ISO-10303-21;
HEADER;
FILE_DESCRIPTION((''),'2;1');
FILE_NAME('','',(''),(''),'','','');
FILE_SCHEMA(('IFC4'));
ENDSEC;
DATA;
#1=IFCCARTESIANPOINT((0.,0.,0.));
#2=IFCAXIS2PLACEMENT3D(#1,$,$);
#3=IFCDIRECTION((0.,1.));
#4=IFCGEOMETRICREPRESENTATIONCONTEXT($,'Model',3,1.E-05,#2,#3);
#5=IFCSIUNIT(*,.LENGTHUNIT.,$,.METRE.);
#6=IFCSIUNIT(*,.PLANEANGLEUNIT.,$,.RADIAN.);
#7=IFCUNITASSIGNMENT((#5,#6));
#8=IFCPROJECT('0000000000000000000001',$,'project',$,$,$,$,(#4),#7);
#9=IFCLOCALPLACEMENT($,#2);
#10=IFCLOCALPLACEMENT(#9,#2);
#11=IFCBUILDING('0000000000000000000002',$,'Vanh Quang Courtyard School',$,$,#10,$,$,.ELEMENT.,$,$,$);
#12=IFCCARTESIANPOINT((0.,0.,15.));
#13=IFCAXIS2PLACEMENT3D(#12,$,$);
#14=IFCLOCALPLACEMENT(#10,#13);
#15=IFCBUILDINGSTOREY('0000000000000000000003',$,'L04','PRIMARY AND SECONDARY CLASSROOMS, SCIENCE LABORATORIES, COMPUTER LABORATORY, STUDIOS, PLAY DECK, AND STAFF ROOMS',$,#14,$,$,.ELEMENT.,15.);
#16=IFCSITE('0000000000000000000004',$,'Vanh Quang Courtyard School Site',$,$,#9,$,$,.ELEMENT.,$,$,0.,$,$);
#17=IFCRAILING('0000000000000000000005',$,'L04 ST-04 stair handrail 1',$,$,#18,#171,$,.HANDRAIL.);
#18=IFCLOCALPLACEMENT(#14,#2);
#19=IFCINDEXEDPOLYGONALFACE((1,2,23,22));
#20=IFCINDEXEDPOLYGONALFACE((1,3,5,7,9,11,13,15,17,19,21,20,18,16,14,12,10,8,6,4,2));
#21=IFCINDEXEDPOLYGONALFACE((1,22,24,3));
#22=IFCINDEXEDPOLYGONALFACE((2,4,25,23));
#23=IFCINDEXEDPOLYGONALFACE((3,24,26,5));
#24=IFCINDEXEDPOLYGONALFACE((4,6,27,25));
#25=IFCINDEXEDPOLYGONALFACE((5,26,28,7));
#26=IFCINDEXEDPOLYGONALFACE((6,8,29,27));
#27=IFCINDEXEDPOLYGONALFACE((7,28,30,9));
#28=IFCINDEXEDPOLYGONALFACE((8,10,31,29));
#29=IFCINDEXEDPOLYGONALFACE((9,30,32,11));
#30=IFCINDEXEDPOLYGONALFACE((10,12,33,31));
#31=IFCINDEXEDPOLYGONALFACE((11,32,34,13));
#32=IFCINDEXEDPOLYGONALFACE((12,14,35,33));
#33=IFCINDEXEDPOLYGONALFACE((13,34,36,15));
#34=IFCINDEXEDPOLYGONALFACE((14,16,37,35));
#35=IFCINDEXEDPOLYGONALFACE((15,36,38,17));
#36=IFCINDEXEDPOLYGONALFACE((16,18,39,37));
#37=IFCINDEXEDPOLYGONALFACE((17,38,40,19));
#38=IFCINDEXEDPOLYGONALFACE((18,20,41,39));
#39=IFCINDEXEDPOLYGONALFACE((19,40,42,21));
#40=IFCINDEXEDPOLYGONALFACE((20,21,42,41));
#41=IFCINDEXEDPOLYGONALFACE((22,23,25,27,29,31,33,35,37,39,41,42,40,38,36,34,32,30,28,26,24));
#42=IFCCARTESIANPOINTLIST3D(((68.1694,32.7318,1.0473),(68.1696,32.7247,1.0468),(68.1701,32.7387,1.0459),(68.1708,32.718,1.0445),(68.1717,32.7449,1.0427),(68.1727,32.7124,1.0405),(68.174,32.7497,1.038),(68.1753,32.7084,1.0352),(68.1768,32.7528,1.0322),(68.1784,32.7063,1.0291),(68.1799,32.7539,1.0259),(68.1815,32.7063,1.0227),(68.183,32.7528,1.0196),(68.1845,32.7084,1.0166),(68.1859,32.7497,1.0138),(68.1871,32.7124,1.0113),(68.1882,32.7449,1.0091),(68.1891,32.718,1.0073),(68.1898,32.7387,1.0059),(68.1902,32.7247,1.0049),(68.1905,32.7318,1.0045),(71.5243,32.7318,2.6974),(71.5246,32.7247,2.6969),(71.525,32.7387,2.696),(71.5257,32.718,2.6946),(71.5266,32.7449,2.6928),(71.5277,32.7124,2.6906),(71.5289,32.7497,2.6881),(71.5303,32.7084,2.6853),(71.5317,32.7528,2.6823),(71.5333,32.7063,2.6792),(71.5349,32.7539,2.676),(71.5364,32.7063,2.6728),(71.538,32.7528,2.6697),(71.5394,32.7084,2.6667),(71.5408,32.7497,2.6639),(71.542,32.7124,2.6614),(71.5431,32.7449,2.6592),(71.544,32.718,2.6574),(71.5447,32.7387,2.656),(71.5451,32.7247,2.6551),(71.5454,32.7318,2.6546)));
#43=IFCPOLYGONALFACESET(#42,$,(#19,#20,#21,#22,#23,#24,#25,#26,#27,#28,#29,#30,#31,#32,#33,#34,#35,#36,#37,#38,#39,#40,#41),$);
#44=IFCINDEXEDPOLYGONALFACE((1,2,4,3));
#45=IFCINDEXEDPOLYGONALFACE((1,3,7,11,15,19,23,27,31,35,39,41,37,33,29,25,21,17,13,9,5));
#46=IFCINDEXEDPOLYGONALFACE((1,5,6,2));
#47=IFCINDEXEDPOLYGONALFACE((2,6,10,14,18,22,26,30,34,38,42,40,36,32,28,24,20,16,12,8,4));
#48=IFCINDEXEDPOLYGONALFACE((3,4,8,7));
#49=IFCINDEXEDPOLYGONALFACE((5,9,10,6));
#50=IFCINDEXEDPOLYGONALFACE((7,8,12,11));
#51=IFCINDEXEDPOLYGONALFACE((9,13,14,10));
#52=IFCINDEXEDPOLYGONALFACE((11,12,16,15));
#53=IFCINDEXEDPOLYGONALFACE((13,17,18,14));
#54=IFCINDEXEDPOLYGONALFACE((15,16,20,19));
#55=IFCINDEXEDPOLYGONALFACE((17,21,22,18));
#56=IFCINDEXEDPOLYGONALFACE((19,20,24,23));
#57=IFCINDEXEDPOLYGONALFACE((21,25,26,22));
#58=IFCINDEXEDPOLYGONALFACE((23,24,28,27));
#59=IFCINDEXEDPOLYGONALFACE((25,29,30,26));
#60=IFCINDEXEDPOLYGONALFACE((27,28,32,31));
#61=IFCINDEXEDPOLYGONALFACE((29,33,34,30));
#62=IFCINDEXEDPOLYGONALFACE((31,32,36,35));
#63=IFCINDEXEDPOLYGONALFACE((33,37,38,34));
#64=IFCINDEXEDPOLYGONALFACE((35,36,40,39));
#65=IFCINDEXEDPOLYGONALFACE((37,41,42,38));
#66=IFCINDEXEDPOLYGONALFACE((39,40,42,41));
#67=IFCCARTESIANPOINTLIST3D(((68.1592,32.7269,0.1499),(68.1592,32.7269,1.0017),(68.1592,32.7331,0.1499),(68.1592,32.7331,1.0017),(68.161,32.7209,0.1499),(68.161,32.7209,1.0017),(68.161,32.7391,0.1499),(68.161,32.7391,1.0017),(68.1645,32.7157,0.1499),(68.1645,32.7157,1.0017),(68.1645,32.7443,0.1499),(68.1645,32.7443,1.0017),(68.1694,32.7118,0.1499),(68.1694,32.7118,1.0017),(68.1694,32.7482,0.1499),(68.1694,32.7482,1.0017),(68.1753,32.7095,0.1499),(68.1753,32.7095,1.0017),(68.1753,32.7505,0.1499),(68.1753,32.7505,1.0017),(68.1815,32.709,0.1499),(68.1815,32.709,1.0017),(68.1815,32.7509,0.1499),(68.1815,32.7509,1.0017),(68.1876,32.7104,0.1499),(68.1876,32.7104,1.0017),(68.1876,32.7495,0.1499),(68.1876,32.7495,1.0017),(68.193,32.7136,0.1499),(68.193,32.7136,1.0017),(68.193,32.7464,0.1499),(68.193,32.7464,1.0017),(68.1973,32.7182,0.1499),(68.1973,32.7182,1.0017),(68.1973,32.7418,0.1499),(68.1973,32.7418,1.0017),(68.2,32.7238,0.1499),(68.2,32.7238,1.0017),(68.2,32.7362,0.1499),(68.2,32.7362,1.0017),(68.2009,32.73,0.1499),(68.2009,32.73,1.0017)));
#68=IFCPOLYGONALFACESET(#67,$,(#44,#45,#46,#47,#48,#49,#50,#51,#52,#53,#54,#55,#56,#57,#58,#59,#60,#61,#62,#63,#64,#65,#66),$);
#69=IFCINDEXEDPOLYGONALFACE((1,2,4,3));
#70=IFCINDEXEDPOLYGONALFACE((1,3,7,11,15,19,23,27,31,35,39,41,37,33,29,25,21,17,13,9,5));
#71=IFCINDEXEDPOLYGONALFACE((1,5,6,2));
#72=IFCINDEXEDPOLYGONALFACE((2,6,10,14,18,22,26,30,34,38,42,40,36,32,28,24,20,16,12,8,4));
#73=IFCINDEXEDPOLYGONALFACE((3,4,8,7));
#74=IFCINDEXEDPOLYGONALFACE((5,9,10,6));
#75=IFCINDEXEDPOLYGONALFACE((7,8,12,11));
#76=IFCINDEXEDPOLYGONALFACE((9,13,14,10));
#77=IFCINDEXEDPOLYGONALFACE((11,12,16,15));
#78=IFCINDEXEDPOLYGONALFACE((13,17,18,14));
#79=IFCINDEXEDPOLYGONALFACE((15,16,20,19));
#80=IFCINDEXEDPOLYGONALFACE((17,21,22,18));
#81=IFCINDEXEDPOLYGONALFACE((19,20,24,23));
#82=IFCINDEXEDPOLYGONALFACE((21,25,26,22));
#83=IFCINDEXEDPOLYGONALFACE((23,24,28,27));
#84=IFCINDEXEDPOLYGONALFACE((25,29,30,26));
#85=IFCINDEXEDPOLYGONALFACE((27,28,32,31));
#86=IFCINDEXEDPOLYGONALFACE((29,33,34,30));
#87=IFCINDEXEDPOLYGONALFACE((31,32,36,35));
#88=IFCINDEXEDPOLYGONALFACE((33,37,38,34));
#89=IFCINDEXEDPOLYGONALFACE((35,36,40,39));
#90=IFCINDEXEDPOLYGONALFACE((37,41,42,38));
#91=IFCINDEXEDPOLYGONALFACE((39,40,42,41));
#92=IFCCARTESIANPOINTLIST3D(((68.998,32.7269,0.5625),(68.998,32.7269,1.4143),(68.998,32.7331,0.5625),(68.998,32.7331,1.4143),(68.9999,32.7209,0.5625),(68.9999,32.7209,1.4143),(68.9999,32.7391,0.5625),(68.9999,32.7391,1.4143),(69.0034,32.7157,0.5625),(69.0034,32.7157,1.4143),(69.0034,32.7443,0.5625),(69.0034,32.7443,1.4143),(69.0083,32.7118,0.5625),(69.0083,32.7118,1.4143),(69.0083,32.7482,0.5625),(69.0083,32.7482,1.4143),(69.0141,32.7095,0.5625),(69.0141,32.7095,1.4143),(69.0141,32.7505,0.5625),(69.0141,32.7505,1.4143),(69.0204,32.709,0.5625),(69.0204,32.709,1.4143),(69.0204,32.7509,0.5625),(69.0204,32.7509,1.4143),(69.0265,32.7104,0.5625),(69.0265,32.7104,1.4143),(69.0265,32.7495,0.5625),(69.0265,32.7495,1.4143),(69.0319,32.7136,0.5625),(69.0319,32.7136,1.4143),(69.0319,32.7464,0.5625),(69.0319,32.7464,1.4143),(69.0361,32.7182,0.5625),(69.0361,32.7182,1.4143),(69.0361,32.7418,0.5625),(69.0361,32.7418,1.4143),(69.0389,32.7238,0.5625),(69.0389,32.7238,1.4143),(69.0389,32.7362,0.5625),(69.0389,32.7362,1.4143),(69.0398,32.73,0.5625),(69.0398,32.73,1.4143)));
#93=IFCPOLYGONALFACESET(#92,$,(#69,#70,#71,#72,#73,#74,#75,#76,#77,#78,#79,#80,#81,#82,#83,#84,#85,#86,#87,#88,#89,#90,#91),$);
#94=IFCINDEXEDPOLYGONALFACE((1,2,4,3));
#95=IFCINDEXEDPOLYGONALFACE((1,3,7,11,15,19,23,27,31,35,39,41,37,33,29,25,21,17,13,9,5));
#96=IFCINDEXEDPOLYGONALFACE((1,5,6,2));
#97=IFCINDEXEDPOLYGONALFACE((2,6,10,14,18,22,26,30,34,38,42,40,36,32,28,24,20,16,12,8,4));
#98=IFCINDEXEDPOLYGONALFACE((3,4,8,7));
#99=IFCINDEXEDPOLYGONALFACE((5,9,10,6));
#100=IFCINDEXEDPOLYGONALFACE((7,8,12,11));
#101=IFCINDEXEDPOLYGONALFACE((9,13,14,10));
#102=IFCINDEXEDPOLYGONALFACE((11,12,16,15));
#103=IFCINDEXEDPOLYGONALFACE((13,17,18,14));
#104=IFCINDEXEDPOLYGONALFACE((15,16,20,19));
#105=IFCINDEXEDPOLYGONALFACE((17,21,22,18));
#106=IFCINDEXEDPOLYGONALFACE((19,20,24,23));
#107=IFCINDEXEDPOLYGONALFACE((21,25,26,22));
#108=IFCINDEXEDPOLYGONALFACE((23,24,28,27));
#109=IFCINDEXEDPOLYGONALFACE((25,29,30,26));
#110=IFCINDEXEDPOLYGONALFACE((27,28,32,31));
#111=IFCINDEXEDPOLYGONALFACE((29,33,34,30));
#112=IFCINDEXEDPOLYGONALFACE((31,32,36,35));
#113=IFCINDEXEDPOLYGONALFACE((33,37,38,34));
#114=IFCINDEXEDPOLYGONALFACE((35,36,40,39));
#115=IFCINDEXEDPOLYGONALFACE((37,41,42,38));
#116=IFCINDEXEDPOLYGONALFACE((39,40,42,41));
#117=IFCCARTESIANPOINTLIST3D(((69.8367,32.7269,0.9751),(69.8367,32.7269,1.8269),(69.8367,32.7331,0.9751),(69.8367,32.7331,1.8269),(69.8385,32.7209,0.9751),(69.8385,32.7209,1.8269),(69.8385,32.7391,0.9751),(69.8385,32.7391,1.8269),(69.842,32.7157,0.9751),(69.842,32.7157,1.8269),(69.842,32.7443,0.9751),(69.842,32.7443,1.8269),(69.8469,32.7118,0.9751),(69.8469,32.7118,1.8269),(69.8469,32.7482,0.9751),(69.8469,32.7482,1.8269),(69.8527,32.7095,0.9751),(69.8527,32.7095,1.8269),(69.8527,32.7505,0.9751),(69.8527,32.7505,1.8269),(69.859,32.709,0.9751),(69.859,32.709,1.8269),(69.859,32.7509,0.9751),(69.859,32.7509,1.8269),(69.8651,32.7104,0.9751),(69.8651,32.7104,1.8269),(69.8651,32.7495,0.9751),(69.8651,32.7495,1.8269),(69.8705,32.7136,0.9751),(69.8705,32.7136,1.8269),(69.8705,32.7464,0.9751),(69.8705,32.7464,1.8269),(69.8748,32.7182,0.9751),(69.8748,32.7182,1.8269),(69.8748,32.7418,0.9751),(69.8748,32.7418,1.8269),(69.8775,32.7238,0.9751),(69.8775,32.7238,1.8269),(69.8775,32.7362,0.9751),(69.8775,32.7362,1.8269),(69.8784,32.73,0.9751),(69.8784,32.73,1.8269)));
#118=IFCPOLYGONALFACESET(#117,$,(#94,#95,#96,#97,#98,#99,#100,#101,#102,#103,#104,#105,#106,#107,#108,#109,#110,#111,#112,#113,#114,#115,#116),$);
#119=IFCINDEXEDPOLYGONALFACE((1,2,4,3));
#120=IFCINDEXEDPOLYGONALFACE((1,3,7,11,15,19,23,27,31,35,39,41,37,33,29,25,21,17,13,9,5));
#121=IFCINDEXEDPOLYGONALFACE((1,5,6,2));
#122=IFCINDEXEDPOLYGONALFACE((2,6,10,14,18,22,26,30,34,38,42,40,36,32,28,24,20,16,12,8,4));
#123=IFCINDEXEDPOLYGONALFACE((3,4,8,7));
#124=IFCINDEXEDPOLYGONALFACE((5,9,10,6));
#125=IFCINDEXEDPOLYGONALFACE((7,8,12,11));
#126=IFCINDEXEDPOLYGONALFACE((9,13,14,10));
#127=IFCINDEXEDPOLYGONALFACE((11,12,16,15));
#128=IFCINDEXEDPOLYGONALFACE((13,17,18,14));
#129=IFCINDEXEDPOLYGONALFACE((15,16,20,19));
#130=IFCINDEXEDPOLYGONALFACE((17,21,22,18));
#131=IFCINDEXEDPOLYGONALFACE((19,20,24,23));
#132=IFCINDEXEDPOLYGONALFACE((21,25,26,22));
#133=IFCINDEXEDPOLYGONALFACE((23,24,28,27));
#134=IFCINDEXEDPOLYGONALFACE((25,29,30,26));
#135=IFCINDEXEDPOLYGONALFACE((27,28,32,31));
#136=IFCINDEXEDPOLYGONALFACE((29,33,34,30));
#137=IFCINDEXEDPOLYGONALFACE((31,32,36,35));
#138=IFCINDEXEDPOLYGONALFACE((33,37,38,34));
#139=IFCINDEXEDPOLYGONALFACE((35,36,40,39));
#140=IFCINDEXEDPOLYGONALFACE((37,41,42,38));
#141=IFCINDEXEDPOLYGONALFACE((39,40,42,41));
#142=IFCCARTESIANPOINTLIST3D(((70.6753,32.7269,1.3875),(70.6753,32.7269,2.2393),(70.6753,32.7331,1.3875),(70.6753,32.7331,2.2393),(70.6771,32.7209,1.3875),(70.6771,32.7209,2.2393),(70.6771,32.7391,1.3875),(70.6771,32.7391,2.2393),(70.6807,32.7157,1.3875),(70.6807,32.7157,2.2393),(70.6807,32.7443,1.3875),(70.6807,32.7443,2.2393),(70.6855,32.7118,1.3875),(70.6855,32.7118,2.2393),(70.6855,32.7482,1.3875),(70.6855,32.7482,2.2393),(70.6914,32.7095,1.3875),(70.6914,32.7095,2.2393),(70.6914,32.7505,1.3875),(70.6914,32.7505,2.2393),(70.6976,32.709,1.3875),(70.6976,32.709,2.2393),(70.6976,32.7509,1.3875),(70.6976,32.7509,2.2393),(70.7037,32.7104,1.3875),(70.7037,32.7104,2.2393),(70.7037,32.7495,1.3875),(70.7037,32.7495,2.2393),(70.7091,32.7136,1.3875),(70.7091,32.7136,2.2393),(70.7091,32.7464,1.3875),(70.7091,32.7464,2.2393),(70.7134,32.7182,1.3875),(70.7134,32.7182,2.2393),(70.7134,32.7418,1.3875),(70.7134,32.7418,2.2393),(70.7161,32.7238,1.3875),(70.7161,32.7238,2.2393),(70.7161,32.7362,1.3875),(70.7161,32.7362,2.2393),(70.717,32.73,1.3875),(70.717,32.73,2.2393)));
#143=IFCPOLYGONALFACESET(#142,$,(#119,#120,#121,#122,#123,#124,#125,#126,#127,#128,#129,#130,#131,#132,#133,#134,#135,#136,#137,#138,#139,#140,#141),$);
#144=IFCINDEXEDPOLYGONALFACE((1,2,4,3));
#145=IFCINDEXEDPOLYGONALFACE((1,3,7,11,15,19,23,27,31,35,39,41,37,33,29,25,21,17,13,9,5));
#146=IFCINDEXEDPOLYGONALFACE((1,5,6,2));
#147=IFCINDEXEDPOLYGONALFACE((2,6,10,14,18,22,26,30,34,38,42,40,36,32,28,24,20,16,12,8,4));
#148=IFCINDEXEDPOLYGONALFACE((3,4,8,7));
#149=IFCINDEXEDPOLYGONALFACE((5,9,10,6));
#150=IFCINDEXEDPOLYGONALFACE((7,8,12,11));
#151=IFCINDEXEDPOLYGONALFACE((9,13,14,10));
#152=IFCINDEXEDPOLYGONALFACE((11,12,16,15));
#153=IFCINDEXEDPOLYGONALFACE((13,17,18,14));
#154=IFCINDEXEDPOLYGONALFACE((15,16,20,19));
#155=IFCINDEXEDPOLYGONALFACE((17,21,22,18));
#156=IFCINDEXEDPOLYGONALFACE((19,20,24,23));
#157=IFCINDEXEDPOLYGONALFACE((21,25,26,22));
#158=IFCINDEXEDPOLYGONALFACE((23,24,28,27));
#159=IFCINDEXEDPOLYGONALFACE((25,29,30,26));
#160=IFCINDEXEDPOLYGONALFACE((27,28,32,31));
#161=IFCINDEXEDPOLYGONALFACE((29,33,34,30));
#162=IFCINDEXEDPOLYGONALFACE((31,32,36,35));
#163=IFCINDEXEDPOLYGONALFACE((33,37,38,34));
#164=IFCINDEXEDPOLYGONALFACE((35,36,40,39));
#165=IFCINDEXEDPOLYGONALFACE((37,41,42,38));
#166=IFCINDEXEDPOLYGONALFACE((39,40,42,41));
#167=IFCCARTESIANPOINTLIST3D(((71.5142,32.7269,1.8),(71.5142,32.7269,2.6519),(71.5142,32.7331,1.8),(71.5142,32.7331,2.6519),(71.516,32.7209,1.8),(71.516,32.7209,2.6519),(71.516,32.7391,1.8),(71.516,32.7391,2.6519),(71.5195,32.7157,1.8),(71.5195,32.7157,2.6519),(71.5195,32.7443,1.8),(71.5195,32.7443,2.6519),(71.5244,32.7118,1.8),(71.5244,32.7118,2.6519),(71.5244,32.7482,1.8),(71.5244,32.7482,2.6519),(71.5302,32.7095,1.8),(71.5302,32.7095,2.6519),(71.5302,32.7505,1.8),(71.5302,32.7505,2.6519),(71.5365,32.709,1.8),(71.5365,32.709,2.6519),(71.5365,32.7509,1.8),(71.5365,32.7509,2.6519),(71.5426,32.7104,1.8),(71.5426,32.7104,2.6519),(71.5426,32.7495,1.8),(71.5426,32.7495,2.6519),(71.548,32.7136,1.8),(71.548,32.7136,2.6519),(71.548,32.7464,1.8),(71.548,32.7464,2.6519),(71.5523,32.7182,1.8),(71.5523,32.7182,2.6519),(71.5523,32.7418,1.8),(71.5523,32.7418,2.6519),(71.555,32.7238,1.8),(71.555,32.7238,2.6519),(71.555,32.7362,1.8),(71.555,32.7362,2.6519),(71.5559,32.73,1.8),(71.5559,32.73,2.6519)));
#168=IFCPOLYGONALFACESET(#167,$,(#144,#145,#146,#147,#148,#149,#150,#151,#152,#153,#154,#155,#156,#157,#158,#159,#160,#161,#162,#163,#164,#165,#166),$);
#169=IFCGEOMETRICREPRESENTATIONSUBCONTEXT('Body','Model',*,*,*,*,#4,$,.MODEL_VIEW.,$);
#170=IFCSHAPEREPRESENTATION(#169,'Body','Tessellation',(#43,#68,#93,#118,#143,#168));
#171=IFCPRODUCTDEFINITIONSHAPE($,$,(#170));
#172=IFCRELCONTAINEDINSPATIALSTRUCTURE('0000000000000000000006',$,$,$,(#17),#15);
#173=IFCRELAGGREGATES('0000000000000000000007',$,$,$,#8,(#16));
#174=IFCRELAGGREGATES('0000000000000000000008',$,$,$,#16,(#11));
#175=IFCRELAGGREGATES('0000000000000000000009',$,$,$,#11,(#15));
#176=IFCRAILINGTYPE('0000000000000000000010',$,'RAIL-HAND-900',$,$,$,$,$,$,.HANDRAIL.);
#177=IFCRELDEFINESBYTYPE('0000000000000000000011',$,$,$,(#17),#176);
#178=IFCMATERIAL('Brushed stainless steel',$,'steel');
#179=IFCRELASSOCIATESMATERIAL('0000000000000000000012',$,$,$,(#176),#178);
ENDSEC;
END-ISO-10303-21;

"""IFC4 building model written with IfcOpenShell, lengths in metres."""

from ifc_helpers import new_model, si_unit, direction, frame, origin, origin_2d, place, context, subcontext, project, spatial, circle, extrude, material, type_object, element, save


model = new_model("IFC4")

# Units and contexts
model_context = context("Model", 3, precision=1e-05, world=origin(), true_north=direction((0.0, 1.0)))
body_context = subcontext(model_context, "Body", "Model", "MODEL_VIEW")
ifc_project = project(units=[si_unit("LENGTHUNIT", "METRE"), si_unit("PLANEANGLEUNIT", "RADIAN")], contexts=[model_context])

# Site, building, storey
site_placement = place(None, origin())
site = spatial("IfcSite", under=ifc_project, at=site_placement, Name="Vanh Quang Courtyard School Site", CompositionType="ELEMENT", RefElevation=0.0)
building_placement = place(site_placement, origin())
building = spatial("IfcBuilding", under=site, at=building_placement, Name="Vanh Quang Courtyard School", CompositionType="ELEMENT")
storey_placement = place(building_placement, frame((0.0, 0.0, 15.0)))
storey = spatial("IfcBuildingStorey", under=building, at=storey_placement, Name="L04", Description="PRIMARY AND SECONDARY CLASSROOMS, SCIENCE LABORATORIES, COMPUTER LABORATORY, STUDIOS, PLAY DECK, AND STAFF ROOMS", CompositionType="ELEMENT", Elevation=15.0)

# Railing
ifc_material_1 = material(Name="Brushed stainless steel", Category="steel")
railing_type_1 = type_object("IfcRailingType", Name="RAIL-HAND-900", PredefinedType="HANDRAIL", material=ifc_material_1)
railing_1_placement = place(storey_placement, frame((68.1799, 32.73, 0.1499)))
element("IfcRailing", 1, at=railing_1_placement, inside=storey, type_object=railing_type_1, Name="L04 ST-04 stair handrail 1", PredefinedType="HANDRAIL", context=body_context, shape_type="SweptSolid", body=[
    extrude(circle(Radius=0.0239, at=origin_2d()), frame((0.0, 0.0, 0.876), z_axis=(0.897333, 0.0, 0.441353), x_axis=(0.0, 1.0, 0.0)), (0.0, 0.0, 1.0), 3.7388),
    extrude(circle(Radius=0.021, at=origin_2d()), origin(), (0.0, 0.0, 1.0), 0.8518),
    extrude(circle(Radius=0.021, at=origin_2d()), frame((0.8389, 0.0, 0.4126)), (0.0, 0.0, 1.0), 0.8518),
    extrude(circle(Radius=0.021, at=origin_2d()), frame((1.6775, 0.0, 0.8252)), (0.0, 0.0, 1.0), 0.8518),
    extrude(circle(Radius=0.021, at=origin_2d()), frame((2.5161, 0.0, 1.2375)), (0.0, 0.0, 1.0), 0.8518),
    extrude(circle(Radius=0.021, at=origin_2d()), frame((3.355, 0.0, 1.6501)), (0.0, 0.0, 1.0), 0.8518),
])

save(model, "model.ifc")
